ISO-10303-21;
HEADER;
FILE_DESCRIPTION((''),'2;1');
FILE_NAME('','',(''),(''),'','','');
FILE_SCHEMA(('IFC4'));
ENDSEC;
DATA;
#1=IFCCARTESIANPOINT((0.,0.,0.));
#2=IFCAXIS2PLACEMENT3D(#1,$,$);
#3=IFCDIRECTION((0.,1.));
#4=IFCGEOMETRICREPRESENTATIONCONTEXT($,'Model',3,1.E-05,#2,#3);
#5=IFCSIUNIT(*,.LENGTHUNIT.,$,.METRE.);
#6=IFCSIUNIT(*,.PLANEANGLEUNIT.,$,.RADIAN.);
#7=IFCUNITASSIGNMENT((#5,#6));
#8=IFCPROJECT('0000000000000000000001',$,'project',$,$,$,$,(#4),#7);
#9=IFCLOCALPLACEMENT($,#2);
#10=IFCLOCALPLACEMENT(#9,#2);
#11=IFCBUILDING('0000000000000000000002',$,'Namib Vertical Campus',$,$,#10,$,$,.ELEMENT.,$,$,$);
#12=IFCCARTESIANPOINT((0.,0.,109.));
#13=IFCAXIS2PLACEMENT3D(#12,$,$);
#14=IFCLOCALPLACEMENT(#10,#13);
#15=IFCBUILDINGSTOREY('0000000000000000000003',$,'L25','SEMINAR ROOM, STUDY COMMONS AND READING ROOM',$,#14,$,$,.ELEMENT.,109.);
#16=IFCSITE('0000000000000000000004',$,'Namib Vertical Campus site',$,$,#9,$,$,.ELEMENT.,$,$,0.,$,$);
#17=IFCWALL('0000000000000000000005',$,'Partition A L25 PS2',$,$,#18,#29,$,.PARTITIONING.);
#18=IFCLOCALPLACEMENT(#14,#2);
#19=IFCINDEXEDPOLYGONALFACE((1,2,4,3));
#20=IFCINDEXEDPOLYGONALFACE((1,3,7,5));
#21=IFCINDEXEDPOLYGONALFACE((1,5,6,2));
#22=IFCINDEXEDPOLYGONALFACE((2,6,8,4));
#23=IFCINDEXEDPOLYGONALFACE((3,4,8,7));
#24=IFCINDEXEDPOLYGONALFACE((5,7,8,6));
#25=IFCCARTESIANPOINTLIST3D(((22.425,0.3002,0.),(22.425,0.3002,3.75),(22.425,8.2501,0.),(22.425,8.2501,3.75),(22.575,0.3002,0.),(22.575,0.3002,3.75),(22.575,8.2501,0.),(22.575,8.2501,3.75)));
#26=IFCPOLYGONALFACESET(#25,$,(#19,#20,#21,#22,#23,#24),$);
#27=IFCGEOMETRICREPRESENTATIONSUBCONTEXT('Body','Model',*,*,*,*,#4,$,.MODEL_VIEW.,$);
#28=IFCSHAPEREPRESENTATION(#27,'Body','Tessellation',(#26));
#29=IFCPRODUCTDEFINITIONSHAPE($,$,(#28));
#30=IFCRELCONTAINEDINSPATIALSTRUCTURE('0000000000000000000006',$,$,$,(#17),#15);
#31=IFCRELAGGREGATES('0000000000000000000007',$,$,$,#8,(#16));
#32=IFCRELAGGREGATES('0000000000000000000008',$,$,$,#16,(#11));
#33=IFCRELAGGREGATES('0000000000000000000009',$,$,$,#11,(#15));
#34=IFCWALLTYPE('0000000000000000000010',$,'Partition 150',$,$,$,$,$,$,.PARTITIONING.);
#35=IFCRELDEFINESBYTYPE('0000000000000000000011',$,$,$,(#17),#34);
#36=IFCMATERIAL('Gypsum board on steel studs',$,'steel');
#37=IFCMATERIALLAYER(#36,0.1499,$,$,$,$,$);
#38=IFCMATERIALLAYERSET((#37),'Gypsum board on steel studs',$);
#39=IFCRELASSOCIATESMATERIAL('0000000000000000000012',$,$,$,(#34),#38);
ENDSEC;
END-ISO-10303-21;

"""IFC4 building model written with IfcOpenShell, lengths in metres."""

from ifc_helpers import new_model, si_unit, direction, frame, frame_2d, origin, place, context, subcontext, project, spatial, rectangle, extrude, material, layer, layer_set, type_object, element, save


model = new_model("IFC4")

# Units and contexts
model_context = context("Model", 3, precision=1e-05, world=origin(), true_north=direction((0.0, 1.0)))
body_context = subcontext(model_context, "Body", "Model", "MODEL_VIEW")
ifc_project = project(units=[si_unit("LENGTHUNIT", "METRE"), si_unit("PLANEANGLEUNIT", "RADIAN")], contexts=[model_context])

# Site, building, storey
site_placement = place(None, origin())
site = spatial("IfcSite", under=ifc_project, at=site_placement, Name="Namib Vertical Campus site", CompositionType="ELEMENT", RefElevation=0.0)
building_placement = place(site_placement, origin())
building = spatial("IfcBuilding", under=site, at=building_placement, Name="Namib Vertical Campus", CompositionType="ELEMENT")
storey_placement = place(building_placement, frame((0.0, 0.0, 109.0)))
storey = spatial("IfcBuildingStorey", under=building, at=storey_placement, Name="L25", Description="SEMINAR ROOM, STUDY COMMONS AND READING ROOM", CompositionType="ELEMENT", Elevation=109.0)

# Wall
ifc_material_1 = material(Name="Gypsum board on steel studs", Category="steel")
ifc_layer_1 = layer(ifc_material_1, 0.1499)
ifc_layer_set_1 = layer_set([ifc_layer_1], Name="Gypsum board on steel studs")
wall_type_1 = type_object("IfcWallType", Name="Partition 150", PredefinedType="PARTITIONING", material=ifc_layer_set_1)
wall_1_placement = place(storey_placement, frame((22.5, 0.3, 0.0), z_axis=(0.0, 0.0, 1.0), x_axis=(0.0, 1.0, 0.0)))
element("IfcWall", 1, at=wall_1_placement, inside=storey, type_object=wall_type_1, Name="Partition A L25 PS2", PredefinedType="PARTITIONING", context=body_context, shape_type="SweptSolid", body=[
    extrude(rectangle(XDim=7.95, YDim=0.1499, at=frame_2d((3.9751, 0.0))), origin(), (0.0, 0.0, 1.0), 3.75),
])

save(model, "model.ifc")
